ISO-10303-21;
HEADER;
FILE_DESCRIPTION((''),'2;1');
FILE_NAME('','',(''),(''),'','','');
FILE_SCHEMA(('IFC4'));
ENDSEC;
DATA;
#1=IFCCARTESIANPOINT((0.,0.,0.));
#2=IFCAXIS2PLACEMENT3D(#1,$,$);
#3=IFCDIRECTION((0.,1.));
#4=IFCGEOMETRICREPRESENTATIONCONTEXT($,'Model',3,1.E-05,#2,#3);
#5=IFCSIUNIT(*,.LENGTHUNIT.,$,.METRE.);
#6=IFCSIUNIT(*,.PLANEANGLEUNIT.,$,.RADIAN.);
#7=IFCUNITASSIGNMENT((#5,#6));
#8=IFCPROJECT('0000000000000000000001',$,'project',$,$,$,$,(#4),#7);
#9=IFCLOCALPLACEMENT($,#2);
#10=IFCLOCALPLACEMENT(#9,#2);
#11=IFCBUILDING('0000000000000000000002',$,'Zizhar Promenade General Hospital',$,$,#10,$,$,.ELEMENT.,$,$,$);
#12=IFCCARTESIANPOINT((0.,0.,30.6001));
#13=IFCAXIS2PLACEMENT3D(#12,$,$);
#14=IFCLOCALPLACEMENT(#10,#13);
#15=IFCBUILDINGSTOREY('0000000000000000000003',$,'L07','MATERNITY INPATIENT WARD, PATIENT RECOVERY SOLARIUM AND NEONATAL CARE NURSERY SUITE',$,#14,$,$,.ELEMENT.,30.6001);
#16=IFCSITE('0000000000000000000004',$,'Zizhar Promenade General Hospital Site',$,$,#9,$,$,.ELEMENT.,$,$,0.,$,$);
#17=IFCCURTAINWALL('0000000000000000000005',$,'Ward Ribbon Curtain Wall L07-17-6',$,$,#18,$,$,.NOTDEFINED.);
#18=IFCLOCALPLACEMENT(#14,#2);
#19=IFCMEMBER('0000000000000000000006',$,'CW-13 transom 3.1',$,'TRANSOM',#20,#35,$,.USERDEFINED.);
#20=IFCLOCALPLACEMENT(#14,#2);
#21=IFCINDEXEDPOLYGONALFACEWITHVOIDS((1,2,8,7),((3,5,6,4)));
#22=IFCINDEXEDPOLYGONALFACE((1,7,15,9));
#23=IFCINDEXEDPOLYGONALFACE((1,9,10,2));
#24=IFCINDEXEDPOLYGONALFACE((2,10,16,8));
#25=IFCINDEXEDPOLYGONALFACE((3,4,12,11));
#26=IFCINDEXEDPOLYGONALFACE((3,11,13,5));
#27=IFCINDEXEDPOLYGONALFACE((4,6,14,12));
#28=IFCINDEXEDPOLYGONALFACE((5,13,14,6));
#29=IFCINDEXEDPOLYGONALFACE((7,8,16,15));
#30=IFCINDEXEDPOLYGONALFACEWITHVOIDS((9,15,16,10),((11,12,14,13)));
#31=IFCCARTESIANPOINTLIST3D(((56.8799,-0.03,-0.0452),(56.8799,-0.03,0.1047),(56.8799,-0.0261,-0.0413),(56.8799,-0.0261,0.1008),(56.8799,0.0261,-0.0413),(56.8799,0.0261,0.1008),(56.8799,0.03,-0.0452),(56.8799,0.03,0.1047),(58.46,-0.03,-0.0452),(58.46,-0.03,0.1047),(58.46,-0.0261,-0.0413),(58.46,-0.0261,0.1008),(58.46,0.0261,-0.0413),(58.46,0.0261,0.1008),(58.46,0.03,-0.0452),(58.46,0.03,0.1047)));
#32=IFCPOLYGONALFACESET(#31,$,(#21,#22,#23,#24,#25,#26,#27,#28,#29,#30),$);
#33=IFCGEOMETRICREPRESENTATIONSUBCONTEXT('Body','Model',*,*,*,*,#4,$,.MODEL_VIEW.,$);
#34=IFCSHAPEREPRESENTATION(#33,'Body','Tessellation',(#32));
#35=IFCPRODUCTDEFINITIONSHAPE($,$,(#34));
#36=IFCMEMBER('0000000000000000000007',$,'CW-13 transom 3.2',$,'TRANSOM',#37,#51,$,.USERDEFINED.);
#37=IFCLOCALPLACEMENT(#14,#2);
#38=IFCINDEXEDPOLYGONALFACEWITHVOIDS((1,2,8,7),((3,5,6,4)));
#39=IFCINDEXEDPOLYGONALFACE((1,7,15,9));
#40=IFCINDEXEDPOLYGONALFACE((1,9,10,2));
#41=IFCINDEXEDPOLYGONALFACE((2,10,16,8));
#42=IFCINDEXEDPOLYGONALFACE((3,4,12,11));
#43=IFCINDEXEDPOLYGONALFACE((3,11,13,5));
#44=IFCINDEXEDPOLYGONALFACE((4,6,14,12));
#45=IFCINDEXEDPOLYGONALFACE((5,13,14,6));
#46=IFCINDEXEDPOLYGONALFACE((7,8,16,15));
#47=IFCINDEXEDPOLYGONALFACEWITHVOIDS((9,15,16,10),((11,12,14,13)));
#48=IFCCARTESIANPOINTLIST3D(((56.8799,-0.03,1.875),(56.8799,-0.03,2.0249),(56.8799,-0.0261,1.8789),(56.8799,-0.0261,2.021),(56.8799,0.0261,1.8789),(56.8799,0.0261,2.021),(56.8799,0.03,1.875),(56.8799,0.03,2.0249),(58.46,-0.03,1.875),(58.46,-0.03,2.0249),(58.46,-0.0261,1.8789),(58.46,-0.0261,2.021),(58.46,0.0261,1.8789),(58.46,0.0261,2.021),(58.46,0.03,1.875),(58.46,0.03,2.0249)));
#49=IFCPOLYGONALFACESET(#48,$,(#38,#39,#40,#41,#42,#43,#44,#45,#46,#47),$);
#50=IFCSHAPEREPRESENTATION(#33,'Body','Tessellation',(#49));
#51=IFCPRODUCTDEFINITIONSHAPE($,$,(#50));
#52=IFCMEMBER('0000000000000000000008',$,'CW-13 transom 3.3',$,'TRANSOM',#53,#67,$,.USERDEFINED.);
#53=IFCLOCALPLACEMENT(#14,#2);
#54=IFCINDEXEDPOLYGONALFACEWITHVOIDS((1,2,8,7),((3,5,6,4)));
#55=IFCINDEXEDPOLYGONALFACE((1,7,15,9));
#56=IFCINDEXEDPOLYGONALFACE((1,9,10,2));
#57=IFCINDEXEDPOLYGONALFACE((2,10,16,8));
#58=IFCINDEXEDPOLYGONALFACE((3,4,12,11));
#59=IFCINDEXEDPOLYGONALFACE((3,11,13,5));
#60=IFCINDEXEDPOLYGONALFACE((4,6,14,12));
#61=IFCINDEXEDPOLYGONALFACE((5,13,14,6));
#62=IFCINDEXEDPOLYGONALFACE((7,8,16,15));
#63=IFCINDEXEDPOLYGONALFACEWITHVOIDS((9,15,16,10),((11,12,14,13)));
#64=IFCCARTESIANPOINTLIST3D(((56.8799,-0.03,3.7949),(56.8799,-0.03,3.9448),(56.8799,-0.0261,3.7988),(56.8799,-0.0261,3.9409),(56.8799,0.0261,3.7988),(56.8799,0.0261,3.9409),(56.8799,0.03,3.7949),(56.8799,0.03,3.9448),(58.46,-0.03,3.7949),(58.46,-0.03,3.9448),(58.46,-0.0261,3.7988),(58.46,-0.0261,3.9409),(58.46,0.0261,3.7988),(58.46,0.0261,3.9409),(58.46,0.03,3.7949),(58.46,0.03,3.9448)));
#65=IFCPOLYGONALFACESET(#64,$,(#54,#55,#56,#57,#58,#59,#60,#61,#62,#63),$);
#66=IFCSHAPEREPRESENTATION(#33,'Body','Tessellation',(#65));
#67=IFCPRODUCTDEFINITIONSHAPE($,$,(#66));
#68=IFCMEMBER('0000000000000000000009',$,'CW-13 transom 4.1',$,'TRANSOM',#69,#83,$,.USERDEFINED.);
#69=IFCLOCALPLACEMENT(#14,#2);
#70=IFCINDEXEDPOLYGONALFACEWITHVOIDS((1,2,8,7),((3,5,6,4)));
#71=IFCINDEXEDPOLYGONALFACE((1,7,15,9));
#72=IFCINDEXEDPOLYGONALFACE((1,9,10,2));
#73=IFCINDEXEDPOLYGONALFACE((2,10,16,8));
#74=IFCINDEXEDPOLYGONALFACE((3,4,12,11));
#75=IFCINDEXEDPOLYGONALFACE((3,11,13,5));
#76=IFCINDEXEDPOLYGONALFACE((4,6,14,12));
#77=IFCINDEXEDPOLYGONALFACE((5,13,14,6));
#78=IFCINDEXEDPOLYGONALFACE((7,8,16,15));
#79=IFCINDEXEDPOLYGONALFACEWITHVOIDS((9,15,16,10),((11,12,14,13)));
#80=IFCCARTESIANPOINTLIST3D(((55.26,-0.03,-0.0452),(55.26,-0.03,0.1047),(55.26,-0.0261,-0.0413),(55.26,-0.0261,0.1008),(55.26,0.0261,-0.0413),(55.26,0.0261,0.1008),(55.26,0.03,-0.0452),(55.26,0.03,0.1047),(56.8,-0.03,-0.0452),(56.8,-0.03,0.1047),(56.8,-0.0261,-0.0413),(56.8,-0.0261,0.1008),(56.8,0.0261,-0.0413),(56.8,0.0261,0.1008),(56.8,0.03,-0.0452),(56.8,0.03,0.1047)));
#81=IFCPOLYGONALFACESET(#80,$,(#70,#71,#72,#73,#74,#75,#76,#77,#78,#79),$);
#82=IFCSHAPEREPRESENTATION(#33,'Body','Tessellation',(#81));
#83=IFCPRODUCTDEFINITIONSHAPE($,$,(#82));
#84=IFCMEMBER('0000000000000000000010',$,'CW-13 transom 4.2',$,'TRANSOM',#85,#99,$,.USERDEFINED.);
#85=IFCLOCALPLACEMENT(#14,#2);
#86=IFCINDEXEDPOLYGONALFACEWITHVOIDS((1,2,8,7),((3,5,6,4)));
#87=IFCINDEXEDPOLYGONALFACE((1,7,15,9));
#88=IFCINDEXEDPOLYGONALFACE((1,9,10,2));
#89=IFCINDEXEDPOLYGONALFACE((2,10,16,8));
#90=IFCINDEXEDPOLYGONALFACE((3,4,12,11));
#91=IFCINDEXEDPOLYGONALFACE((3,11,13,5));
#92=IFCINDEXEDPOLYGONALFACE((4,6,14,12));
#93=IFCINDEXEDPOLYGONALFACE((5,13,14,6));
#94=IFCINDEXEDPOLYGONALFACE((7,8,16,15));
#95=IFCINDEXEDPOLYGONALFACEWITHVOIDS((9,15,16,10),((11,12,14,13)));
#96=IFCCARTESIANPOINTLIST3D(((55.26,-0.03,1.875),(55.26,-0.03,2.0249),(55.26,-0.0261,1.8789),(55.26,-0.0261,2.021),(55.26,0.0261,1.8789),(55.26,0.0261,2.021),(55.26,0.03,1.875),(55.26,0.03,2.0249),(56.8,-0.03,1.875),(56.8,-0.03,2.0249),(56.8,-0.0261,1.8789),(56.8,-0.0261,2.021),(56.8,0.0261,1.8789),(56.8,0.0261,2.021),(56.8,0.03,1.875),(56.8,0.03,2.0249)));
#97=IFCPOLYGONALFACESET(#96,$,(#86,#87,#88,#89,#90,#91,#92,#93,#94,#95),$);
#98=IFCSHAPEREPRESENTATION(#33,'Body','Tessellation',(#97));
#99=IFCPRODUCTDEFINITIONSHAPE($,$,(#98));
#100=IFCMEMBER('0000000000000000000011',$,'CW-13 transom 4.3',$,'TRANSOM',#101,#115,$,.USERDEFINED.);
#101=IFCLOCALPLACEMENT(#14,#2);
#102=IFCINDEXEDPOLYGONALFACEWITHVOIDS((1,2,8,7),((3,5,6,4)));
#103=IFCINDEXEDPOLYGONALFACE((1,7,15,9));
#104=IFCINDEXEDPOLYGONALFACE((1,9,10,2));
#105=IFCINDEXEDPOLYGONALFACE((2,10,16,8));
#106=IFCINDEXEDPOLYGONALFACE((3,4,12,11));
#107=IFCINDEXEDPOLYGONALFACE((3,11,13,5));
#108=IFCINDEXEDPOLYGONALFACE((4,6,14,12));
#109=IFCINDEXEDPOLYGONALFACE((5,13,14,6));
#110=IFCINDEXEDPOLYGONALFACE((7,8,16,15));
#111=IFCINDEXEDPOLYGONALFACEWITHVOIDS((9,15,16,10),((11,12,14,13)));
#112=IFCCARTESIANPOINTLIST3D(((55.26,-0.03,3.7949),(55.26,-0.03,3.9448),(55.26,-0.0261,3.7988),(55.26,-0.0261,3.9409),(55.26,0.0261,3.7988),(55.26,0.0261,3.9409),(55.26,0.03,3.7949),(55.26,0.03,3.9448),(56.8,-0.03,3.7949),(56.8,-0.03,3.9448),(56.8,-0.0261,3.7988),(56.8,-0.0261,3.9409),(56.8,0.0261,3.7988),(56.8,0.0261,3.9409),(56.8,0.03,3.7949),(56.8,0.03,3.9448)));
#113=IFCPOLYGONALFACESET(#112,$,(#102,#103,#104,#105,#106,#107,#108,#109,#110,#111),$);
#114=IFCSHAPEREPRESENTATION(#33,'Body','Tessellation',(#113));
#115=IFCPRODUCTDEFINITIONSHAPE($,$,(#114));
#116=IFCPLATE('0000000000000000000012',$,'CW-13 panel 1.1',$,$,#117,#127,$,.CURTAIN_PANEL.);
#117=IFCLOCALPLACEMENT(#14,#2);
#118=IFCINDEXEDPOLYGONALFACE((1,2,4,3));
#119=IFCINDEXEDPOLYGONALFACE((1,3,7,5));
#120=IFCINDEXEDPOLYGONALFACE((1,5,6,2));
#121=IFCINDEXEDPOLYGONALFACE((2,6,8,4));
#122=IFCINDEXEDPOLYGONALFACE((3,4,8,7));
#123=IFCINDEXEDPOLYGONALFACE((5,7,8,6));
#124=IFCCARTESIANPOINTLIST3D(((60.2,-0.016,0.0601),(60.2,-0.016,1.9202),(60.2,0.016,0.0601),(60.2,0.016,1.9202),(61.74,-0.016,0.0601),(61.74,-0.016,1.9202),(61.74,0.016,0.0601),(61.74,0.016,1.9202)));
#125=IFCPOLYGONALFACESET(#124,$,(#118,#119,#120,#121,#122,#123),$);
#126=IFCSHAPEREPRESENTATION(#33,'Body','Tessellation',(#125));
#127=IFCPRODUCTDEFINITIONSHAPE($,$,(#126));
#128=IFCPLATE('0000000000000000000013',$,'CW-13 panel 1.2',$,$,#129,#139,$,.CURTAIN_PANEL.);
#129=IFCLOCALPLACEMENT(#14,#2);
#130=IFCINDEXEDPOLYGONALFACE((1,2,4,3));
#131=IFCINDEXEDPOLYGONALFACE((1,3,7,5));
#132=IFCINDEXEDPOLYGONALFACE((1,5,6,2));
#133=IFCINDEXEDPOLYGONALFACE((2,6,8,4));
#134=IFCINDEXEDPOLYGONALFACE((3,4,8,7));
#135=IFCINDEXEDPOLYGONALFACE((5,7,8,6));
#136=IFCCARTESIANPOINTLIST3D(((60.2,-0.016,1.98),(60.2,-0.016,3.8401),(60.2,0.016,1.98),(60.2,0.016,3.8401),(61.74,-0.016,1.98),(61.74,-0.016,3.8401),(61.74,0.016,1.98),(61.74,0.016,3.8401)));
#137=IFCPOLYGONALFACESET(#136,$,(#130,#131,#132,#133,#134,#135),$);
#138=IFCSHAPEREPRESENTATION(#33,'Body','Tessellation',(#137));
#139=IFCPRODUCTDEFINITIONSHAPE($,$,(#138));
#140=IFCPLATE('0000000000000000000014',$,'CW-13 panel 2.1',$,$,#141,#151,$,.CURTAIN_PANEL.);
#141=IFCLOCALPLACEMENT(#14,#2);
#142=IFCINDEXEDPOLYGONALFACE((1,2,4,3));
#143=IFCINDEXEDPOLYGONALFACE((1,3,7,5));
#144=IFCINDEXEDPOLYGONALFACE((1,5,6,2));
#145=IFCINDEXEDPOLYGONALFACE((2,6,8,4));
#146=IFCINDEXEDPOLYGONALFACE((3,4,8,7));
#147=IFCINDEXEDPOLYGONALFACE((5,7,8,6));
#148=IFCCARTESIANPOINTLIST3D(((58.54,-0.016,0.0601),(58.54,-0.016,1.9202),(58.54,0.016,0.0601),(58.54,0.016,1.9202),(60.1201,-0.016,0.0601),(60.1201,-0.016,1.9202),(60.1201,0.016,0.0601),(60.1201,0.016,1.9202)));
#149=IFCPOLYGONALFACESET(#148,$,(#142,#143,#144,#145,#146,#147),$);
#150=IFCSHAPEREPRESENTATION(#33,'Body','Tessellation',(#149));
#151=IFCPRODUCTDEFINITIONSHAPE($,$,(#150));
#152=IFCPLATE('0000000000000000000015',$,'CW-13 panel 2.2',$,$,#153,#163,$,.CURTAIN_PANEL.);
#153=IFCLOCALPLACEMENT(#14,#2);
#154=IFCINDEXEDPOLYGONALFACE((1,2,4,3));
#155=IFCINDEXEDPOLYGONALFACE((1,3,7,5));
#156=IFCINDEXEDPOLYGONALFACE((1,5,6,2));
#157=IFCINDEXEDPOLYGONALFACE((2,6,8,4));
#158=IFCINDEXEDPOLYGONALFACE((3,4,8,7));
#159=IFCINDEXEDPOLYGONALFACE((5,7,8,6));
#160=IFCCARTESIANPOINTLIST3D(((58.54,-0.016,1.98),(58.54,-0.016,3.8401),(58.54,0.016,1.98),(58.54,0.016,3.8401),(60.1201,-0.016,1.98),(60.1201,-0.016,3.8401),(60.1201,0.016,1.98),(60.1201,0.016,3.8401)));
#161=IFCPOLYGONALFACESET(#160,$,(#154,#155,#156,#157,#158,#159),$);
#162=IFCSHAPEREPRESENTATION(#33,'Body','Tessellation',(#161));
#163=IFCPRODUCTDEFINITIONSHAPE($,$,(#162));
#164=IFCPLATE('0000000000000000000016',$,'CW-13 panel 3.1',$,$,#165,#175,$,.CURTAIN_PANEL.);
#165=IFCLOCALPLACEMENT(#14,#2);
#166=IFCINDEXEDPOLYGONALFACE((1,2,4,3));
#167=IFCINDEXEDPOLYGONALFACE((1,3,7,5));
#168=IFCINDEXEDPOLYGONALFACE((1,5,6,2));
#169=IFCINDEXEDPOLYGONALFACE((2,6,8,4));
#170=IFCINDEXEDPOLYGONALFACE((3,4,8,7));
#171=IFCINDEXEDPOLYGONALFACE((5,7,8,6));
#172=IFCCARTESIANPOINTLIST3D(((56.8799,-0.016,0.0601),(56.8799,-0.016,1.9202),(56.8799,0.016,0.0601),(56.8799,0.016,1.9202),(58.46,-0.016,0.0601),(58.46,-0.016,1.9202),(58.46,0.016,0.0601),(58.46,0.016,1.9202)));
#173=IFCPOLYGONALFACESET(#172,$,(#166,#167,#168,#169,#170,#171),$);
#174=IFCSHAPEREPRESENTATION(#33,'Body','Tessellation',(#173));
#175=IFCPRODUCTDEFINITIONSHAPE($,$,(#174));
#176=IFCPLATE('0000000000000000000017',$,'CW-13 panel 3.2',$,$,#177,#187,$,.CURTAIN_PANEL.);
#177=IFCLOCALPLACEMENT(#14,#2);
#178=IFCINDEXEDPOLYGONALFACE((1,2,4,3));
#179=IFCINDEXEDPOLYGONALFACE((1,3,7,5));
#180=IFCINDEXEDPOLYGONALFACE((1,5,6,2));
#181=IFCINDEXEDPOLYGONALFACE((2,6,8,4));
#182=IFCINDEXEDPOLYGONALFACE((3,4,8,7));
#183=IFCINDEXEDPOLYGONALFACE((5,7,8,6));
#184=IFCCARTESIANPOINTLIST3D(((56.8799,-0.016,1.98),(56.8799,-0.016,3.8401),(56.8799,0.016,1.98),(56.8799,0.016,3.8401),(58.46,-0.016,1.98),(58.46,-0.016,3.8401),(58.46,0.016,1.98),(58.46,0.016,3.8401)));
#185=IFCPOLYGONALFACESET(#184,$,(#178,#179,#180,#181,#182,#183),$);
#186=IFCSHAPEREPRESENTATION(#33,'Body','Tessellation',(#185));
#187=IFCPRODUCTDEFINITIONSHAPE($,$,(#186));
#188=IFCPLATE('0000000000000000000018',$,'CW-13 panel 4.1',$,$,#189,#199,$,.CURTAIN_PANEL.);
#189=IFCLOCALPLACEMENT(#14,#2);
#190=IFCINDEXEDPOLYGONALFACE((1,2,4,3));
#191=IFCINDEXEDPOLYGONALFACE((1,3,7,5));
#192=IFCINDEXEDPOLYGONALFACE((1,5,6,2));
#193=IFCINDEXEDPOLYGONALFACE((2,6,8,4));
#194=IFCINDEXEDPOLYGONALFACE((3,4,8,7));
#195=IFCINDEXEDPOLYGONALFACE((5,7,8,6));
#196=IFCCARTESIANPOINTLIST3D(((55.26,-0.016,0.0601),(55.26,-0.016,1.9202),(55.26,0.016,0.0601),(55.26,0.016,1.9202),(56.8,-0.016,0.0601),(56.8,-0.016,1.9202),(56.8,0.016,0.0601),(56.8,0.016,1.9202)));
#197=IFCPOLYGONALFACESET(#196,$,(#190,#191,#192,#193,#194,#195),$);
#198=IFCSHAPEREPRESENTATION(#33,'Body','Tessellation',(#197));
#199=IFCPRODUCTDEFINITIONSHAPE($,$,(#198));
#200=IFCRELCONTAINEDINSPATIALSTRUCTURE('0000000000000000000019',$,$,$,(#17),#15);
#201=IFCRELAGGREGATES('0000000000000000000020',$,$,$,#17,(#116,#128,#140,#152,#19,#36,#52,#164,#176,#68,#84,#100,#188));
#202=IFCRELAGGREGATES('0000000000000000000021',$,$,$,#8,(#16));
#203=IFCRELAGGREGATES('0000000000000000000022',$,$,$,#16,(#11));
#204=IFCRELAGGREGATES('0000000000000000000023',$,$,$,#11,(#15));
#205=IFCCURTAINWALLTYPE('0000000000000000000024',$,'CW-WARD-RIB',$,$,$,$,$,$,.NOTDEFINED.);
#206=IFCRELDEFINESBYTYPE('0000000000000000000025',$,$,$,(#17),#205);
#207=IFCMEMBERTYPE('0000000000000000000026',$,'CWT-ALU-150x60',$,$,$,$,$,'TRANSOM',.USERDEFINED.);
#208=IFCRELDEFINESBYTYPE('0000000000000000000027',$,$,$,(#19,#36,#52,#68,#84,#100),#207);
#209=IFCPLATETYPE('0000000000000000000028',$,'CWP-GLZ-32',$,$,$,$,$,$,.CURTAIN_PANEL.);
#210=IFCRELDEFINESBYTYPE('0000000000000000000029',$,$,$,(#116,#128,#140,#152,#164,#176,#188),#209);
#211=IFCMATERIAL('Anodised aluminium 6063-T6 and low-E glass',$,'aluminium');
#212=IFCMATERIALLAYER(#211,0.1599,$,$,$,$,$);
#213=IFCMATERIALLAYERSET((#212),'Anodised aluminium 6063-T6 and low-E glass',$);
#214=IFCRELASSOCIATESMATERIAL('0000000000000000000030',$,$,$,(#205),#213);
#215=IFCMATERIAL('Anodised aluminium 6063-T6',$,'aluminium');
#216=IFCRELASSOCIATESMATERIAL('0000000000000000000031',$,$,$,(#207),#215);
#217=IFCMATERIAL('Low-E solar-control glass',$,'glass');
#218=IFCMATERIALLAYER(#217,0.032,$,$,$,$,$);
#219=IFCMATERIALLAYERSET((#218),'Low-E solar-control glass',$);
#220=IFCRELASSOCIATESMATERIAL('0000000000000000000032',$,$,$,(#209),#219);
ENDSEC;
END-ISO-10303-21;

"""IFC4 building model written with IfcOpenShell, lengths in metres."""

from ifc_helpers import new_model, si_unit, direction, frame, origin, origin_2d, place, context, subcontext, project, spatial, rectangle, hollow_rectangle, extrude, material, layer, layer_set, material_profile, profile_set, type_object, element, aggregate, save


model = new_model("IFC4")

# Units and contexts
model_context = context("Model", 3, precision=1e-05, world=origin(), true_north=direction((0.0, 1.0)))
body_context = subcontext(model_context, "Body", "Model", "MODEL_VIEW")
ifc_project = project(units=[si_unit("LENGTHUNIT", "METRE"), si_unit("PLANEANGLEUNIT", "RADIAN")], contexts=[model_context])

# Site, building, storey
site_placement = place(None, origin())
site = spatial("IfcSite", under=ifc_project, at=site_placement, Name="Zizhar Promenade General Hospital Site", CompositionType="ELEMENT", RefElevation=0.0)
building_placement = place(site_placement, origin())
building = spatial("IfcBuilding", under=site, at=building_placement, Name="Zizhar Promenade General Hospital", CompositionType="ELEMENT")
storey_placement = place(building_placement, frame((0.0, 0.0, 30.6001)))
storey = spatial("IfcBuildingStorey", under=building, at=storey_placement, Name="L07", Description="MATERNITY INPATIENT WARD, PATIENT RECOVERY SOLARIUM AND NEONATAL CARE NURSERY SUITE", CompositionType="ELEMENT", Elevation=30.6001)

# Curtain wall, members, plates
ifc_material_1 = material(Name="Anodised aluminium 6063-T6 and low-E glass", Category="aluminium")
ifc_layer_1 = layer(ifc_material_1, 0.1599)
ifc_layer_set_1 = layer_set([ifc_layer_1], Name="Anodised aluminium 6063-T6 and low-E glass")
curtain_wall_type = type_object("IfcCurtainWallType", Name="CW-WARD-RIB", PredefinedType="NOTDEFINED", material=ifc_layer_set_1)
curtain_wall_placement = place(storey_placement, origin())
curtain_wall = element("IfcCurtainWall", 1, at=curtain_wall_placement, inside=storey, type_object=curtain_wall_type, Name="Ward Ribbon Curtain Wall L07-17-6", PredefinedType="NOTDEFINED")
ifc_material_2 = material(Name="Anodised aluminium 6063-T6", Category="aluminium")
ifc_material_profile_1 = material_profile(ifc_material_2, hollow_rectangle(XDim=0.0601, YDim=0.1499, WallThickness=0.0039, at=origin_2d()))
ifc_profile_set_1 = profile_set([ifc_material_profile_1], Name="Anodised aluminium 6063-T6")
member_type_1 = type_object("IfcMemberType", Name="CWT-ALU-150x60", ElementType="TRANSOM", PredefinedType="USERDEFINED", material=ifc_profile_set_1)
member_1_placement = place(storey_placement, frame((58.46, 0.0, 0.0298), z_axis=(-1.0, 0.0, 0.0), x_axis=(0.0, -1.0, 0.0)))
member_1 = element("IfcMember", 2, at=member_1_placement, type_object=member_type_1, Name="CW-13 transom 3.1", ObjectType="TRANSOM", PredefinedType="USERDEFINED", context=body_context, shape_type="SweptSolid", body=[
    extrude(hollow_rectangle(XDim=0.0601, YDim=0.1499, WallThickness=0.0039, at=origin_2d()), origin(), (0.0, 0.0, 1.0), 1.5801),
])
member_2_placement = place(storey_placement, frame((58.46, 0.0, 1.95), z_axis=(-1.0, 0.0, 0.0), x_axis=(0.0, -1.0, 0.0)))
member_2 = element("IfcMember", 3, at=member_2_placement, type_object=member_type_1, Name="CW-13 transom 3.2", ObjectType="TRANSOM", PredefinedType="USERDEFINED", context=body_context, shape_type="SweptSolid", body=[
    extrude(hollow_rectangle(XDim=0.0601, YDim=0.1499, WallThickness=0.0039, at=origin_2d()), origin(), (0.0, 0.0, 1.0), 1.5801),
])
member_3_placement = place(storey_placement, frame((58.46, 0.0, 3.8699), z_axis=(-1.0, 0.0, 0.0), x_axis=(0.0, -1.0, 0.0)))
member_3 = element("IfcMember", 4, at=member_3_placement, type_object=member_type_1, Name="CW-13 transom 3.3", ObjectType="TRANSOM", PredefinedType="USERDEFINED", context=body_context, shape_type="SweptSolid", body=[
    extrude(hollow_rectangle(XDim=0.0601, YDim=0.1499, WallThickness=0.0039, at=origin_2d()), origin(), (0.0, 0.0, 1.0), 1.5801),
])
member_4_placement = place(storey_placement, frame((56.8, 0.0, 0.0298), z_axis=(-1.0, 0.0, 0.0), x_axis=(0.0, -1.0, 0.0)))
member_4 = element("IfcMember", 5, at=member_4_placement, type_object=member_type_1, Name="CW-13 transom 4.1", ObjectType="TRANSOM", PredefinedType="USERDEFINED", context=body_context, shape_type="SweptSolid", body=[
    extrude(hollow_rectangle(XDim=0.0601, YDim=0.1499, WallThickness=0.0039, at=origin_2d()), origin(), (0.0, 0.0, 1.0), 1.54),
])
member_5_placement = place(storey_placement, frame((56.8, 0.0, 1.95), z_axis=(-1.0, 0.0, 0.0), x_axis=(0.0, -1.0, 0.0)))
member_5 = element("IfcMember", 6, at=member_5_placement, type_object=member_type_1, Name="CW-13 transom 4.2", ObjectType="TRANSOM", PredefinedType="USERDEFINED", context=body_context, shape_type="SweptSolid", body=[
    extrude(hollow_rectangle(XDim=0.0601, YDim=0.1499, WallThickness=0.0039, at=origin_2d()), origin(), (0.0, 0.0, 1.0), 1.54),
])
member_6_placement = place(storey_placement, frame((56.8, 0.0, 3.8699), z_axis=(-1.0, 0.0, 0.0), x_axis=(0.0, -1.0, 0.0)))
member_6 = element("IfcMember", 7, at=member_6_placement, type_object=member_type_1, Name="CW-13 transom 4.3", ObjectType="TRANSOM", PredefinedType="USERDEFINED", context=body_context, shape_type="SweptSolid", body=[
    extrude(hollow_rectangle(XDim=0.0601, YDim=0.1499, WallThickness=0.0039, at=origin_2d()), origin(), (0.0, 0.0, 1.0), 1.54),
])
ifc_material_3 = material(Name="Low-E solar-control glass", Category="glass")
ifc_layer_2 = layer(ifc_material_3, 0.032)
ifc_layer_set_2 = layer_set([ifc_layer_2], Name="Low-E solar-control glass")
plate_type = type_object("IfcPlateType", Name="CWP-GLZ-32", PredefinedType="CURTAIN_PANEL", material=ifc_layer_set_2)
plate_1_placement = place(storey_placement, frame((60.97, 0.0, 0.0601), z_axis=(0.0, 0.0, 1.0), x_axis=(-1.0, 0.0, 0.0)))
plate_1 = element("IfcPlate", 8, at=plate_1_placement, type_object=plate_type, Name="CW-13 panel 1.1", PredefinedType="CURTAIN_PANEL", context=body_context, shape_type="SweptSolid", body=[
    extrude(rectangle(XDim=1.54, YDim=0.032, at=origin_2d()), origin(), (0.0, 0.0, 1.0), 1.8601),
])
plate_2_placement = place(storey_placement, frame((60.97, 0.0, 1.98), z_axis=(0.0, 0.0, 1.0), x_axis=(-1.0, 0.0, 0.0)))
plate_2 = element("IfcPlate", 9, at=plate_2_placement, type_object=plate_type, Name="CW-13 panel 1.2", PredefinedType="CURTAIN_PANEL", context=body_context, shape_type="SweptSolid", body=[
    extrude(rectangle(XDim=1.54, YDim=0.032, at=origin_2d()), origin(), (0.0, 0.0, 1.0), 1.8601),
])
plate_3_placement = place(storey_placement, frame((59.3301, 0.0, 0.0601), z_axis=(0.0, 0.0, 1.0), x_axis=(-1.0, 0.0, 0.0)))
plate_3 = element("IfcPlate", 10, at=plate_3_placement, type_object=plate_type, Name="CW-13 panel 2.1", PredefinedType="CURTAIN_PANEL", context=body_context, shape_type="SweptSolid", body=[
    extrude(rectangle(XDim=1.5801, YDim=0.032, at=origin_2d()), origin(), (0.0, 0.0, 1.0), 1.8601),
])
plate_4_placement = place(storey_placement, frame((59.3301, 0.0, 1.98), z_axis=(0.0, 0.0, 1.0), x_axis=(-1.0, 0.0, 0.0)))
plate_4 = element("IfcPlate", 11, at=plate_4_placement, type_object=plate_type, Name="CW-13 panel 2.2", PredefinedType="CURTAIN_PANEL", context=body_context, shape_type="SweptSolid", body=[
    extrude(rectangle(XDim=1.5801, YDim=0.032, at=origin_2d()), origin(), (0.0, 0.0, 1.0), 1.8601),
])
plate_5_placement = place(storey_placement, frame((57.6699, 0.0, 0.0601), z_axis=(0.0, 0.0, 1.0), x_axis=(-1.0, 0.0, 0.0)))
plate_5 = element("IfcPlate", 12, at=plate_5_placement, type_object=plate_type, Name="CW-13 panel 3.1", PredefinedType="CURTAIN_PANEL", context=body_context, shape_type="SweptSolid", body=[
    extrude(rectangle(XDim=1.5801, YDim=0.032, at=origin_2d()), origin(), (0.0, 0.0, 1.0), 1.8601),
])
plate_6_placement = place(storey_placement, frame((57.6699, 0.0, 1.98), z_axis=(0.0, 0.0, 1.0), x_axis=(-1.0, 0.0, 0.0)))
plate_6 = element("IfcPlate", 13, at=plate_6_placement, type_object=plate_type, Name="CW-13 panel 3.2", PredefinedType="CURTAIN_PANEL", context=body_context, shape_type="SweptSolid", body=[
    extrude(rectangle(XDim=1.5801, YDim=0.032, at=origin_2d()), origin(), (0.0, 0.0, 1.0), 1.8601),
])
plate_7_placement = place(storey_placement, frame((56.03, 0.0, 0.0601), z_axis=(0.0, 0.0, 1.0), x_axis=(-1.0, 0.0, 0.0)))
plate_7 = element("IfcPlate", 14, at=plate_7_placement, type_object=plate_type, Name="CW-13 panel 4.1", PredefinedType="CURTAIN_PANEL", context=body_context, shape_type="SweptSolid", body=[
    extrude(rectangle(XDim=1.54, YDim=0.032, at=origin_2d()), origin(), (0.0, 0.0, 1.0), 1.8601),
])
aggregate(curtain_wall, [plate_1, plate_2, plate_3, plate_4, member_1, member_2, member_3, plate_5, plate_6, member_4, member_5, member_6, plate_7])

save(model, "model.ifc")
